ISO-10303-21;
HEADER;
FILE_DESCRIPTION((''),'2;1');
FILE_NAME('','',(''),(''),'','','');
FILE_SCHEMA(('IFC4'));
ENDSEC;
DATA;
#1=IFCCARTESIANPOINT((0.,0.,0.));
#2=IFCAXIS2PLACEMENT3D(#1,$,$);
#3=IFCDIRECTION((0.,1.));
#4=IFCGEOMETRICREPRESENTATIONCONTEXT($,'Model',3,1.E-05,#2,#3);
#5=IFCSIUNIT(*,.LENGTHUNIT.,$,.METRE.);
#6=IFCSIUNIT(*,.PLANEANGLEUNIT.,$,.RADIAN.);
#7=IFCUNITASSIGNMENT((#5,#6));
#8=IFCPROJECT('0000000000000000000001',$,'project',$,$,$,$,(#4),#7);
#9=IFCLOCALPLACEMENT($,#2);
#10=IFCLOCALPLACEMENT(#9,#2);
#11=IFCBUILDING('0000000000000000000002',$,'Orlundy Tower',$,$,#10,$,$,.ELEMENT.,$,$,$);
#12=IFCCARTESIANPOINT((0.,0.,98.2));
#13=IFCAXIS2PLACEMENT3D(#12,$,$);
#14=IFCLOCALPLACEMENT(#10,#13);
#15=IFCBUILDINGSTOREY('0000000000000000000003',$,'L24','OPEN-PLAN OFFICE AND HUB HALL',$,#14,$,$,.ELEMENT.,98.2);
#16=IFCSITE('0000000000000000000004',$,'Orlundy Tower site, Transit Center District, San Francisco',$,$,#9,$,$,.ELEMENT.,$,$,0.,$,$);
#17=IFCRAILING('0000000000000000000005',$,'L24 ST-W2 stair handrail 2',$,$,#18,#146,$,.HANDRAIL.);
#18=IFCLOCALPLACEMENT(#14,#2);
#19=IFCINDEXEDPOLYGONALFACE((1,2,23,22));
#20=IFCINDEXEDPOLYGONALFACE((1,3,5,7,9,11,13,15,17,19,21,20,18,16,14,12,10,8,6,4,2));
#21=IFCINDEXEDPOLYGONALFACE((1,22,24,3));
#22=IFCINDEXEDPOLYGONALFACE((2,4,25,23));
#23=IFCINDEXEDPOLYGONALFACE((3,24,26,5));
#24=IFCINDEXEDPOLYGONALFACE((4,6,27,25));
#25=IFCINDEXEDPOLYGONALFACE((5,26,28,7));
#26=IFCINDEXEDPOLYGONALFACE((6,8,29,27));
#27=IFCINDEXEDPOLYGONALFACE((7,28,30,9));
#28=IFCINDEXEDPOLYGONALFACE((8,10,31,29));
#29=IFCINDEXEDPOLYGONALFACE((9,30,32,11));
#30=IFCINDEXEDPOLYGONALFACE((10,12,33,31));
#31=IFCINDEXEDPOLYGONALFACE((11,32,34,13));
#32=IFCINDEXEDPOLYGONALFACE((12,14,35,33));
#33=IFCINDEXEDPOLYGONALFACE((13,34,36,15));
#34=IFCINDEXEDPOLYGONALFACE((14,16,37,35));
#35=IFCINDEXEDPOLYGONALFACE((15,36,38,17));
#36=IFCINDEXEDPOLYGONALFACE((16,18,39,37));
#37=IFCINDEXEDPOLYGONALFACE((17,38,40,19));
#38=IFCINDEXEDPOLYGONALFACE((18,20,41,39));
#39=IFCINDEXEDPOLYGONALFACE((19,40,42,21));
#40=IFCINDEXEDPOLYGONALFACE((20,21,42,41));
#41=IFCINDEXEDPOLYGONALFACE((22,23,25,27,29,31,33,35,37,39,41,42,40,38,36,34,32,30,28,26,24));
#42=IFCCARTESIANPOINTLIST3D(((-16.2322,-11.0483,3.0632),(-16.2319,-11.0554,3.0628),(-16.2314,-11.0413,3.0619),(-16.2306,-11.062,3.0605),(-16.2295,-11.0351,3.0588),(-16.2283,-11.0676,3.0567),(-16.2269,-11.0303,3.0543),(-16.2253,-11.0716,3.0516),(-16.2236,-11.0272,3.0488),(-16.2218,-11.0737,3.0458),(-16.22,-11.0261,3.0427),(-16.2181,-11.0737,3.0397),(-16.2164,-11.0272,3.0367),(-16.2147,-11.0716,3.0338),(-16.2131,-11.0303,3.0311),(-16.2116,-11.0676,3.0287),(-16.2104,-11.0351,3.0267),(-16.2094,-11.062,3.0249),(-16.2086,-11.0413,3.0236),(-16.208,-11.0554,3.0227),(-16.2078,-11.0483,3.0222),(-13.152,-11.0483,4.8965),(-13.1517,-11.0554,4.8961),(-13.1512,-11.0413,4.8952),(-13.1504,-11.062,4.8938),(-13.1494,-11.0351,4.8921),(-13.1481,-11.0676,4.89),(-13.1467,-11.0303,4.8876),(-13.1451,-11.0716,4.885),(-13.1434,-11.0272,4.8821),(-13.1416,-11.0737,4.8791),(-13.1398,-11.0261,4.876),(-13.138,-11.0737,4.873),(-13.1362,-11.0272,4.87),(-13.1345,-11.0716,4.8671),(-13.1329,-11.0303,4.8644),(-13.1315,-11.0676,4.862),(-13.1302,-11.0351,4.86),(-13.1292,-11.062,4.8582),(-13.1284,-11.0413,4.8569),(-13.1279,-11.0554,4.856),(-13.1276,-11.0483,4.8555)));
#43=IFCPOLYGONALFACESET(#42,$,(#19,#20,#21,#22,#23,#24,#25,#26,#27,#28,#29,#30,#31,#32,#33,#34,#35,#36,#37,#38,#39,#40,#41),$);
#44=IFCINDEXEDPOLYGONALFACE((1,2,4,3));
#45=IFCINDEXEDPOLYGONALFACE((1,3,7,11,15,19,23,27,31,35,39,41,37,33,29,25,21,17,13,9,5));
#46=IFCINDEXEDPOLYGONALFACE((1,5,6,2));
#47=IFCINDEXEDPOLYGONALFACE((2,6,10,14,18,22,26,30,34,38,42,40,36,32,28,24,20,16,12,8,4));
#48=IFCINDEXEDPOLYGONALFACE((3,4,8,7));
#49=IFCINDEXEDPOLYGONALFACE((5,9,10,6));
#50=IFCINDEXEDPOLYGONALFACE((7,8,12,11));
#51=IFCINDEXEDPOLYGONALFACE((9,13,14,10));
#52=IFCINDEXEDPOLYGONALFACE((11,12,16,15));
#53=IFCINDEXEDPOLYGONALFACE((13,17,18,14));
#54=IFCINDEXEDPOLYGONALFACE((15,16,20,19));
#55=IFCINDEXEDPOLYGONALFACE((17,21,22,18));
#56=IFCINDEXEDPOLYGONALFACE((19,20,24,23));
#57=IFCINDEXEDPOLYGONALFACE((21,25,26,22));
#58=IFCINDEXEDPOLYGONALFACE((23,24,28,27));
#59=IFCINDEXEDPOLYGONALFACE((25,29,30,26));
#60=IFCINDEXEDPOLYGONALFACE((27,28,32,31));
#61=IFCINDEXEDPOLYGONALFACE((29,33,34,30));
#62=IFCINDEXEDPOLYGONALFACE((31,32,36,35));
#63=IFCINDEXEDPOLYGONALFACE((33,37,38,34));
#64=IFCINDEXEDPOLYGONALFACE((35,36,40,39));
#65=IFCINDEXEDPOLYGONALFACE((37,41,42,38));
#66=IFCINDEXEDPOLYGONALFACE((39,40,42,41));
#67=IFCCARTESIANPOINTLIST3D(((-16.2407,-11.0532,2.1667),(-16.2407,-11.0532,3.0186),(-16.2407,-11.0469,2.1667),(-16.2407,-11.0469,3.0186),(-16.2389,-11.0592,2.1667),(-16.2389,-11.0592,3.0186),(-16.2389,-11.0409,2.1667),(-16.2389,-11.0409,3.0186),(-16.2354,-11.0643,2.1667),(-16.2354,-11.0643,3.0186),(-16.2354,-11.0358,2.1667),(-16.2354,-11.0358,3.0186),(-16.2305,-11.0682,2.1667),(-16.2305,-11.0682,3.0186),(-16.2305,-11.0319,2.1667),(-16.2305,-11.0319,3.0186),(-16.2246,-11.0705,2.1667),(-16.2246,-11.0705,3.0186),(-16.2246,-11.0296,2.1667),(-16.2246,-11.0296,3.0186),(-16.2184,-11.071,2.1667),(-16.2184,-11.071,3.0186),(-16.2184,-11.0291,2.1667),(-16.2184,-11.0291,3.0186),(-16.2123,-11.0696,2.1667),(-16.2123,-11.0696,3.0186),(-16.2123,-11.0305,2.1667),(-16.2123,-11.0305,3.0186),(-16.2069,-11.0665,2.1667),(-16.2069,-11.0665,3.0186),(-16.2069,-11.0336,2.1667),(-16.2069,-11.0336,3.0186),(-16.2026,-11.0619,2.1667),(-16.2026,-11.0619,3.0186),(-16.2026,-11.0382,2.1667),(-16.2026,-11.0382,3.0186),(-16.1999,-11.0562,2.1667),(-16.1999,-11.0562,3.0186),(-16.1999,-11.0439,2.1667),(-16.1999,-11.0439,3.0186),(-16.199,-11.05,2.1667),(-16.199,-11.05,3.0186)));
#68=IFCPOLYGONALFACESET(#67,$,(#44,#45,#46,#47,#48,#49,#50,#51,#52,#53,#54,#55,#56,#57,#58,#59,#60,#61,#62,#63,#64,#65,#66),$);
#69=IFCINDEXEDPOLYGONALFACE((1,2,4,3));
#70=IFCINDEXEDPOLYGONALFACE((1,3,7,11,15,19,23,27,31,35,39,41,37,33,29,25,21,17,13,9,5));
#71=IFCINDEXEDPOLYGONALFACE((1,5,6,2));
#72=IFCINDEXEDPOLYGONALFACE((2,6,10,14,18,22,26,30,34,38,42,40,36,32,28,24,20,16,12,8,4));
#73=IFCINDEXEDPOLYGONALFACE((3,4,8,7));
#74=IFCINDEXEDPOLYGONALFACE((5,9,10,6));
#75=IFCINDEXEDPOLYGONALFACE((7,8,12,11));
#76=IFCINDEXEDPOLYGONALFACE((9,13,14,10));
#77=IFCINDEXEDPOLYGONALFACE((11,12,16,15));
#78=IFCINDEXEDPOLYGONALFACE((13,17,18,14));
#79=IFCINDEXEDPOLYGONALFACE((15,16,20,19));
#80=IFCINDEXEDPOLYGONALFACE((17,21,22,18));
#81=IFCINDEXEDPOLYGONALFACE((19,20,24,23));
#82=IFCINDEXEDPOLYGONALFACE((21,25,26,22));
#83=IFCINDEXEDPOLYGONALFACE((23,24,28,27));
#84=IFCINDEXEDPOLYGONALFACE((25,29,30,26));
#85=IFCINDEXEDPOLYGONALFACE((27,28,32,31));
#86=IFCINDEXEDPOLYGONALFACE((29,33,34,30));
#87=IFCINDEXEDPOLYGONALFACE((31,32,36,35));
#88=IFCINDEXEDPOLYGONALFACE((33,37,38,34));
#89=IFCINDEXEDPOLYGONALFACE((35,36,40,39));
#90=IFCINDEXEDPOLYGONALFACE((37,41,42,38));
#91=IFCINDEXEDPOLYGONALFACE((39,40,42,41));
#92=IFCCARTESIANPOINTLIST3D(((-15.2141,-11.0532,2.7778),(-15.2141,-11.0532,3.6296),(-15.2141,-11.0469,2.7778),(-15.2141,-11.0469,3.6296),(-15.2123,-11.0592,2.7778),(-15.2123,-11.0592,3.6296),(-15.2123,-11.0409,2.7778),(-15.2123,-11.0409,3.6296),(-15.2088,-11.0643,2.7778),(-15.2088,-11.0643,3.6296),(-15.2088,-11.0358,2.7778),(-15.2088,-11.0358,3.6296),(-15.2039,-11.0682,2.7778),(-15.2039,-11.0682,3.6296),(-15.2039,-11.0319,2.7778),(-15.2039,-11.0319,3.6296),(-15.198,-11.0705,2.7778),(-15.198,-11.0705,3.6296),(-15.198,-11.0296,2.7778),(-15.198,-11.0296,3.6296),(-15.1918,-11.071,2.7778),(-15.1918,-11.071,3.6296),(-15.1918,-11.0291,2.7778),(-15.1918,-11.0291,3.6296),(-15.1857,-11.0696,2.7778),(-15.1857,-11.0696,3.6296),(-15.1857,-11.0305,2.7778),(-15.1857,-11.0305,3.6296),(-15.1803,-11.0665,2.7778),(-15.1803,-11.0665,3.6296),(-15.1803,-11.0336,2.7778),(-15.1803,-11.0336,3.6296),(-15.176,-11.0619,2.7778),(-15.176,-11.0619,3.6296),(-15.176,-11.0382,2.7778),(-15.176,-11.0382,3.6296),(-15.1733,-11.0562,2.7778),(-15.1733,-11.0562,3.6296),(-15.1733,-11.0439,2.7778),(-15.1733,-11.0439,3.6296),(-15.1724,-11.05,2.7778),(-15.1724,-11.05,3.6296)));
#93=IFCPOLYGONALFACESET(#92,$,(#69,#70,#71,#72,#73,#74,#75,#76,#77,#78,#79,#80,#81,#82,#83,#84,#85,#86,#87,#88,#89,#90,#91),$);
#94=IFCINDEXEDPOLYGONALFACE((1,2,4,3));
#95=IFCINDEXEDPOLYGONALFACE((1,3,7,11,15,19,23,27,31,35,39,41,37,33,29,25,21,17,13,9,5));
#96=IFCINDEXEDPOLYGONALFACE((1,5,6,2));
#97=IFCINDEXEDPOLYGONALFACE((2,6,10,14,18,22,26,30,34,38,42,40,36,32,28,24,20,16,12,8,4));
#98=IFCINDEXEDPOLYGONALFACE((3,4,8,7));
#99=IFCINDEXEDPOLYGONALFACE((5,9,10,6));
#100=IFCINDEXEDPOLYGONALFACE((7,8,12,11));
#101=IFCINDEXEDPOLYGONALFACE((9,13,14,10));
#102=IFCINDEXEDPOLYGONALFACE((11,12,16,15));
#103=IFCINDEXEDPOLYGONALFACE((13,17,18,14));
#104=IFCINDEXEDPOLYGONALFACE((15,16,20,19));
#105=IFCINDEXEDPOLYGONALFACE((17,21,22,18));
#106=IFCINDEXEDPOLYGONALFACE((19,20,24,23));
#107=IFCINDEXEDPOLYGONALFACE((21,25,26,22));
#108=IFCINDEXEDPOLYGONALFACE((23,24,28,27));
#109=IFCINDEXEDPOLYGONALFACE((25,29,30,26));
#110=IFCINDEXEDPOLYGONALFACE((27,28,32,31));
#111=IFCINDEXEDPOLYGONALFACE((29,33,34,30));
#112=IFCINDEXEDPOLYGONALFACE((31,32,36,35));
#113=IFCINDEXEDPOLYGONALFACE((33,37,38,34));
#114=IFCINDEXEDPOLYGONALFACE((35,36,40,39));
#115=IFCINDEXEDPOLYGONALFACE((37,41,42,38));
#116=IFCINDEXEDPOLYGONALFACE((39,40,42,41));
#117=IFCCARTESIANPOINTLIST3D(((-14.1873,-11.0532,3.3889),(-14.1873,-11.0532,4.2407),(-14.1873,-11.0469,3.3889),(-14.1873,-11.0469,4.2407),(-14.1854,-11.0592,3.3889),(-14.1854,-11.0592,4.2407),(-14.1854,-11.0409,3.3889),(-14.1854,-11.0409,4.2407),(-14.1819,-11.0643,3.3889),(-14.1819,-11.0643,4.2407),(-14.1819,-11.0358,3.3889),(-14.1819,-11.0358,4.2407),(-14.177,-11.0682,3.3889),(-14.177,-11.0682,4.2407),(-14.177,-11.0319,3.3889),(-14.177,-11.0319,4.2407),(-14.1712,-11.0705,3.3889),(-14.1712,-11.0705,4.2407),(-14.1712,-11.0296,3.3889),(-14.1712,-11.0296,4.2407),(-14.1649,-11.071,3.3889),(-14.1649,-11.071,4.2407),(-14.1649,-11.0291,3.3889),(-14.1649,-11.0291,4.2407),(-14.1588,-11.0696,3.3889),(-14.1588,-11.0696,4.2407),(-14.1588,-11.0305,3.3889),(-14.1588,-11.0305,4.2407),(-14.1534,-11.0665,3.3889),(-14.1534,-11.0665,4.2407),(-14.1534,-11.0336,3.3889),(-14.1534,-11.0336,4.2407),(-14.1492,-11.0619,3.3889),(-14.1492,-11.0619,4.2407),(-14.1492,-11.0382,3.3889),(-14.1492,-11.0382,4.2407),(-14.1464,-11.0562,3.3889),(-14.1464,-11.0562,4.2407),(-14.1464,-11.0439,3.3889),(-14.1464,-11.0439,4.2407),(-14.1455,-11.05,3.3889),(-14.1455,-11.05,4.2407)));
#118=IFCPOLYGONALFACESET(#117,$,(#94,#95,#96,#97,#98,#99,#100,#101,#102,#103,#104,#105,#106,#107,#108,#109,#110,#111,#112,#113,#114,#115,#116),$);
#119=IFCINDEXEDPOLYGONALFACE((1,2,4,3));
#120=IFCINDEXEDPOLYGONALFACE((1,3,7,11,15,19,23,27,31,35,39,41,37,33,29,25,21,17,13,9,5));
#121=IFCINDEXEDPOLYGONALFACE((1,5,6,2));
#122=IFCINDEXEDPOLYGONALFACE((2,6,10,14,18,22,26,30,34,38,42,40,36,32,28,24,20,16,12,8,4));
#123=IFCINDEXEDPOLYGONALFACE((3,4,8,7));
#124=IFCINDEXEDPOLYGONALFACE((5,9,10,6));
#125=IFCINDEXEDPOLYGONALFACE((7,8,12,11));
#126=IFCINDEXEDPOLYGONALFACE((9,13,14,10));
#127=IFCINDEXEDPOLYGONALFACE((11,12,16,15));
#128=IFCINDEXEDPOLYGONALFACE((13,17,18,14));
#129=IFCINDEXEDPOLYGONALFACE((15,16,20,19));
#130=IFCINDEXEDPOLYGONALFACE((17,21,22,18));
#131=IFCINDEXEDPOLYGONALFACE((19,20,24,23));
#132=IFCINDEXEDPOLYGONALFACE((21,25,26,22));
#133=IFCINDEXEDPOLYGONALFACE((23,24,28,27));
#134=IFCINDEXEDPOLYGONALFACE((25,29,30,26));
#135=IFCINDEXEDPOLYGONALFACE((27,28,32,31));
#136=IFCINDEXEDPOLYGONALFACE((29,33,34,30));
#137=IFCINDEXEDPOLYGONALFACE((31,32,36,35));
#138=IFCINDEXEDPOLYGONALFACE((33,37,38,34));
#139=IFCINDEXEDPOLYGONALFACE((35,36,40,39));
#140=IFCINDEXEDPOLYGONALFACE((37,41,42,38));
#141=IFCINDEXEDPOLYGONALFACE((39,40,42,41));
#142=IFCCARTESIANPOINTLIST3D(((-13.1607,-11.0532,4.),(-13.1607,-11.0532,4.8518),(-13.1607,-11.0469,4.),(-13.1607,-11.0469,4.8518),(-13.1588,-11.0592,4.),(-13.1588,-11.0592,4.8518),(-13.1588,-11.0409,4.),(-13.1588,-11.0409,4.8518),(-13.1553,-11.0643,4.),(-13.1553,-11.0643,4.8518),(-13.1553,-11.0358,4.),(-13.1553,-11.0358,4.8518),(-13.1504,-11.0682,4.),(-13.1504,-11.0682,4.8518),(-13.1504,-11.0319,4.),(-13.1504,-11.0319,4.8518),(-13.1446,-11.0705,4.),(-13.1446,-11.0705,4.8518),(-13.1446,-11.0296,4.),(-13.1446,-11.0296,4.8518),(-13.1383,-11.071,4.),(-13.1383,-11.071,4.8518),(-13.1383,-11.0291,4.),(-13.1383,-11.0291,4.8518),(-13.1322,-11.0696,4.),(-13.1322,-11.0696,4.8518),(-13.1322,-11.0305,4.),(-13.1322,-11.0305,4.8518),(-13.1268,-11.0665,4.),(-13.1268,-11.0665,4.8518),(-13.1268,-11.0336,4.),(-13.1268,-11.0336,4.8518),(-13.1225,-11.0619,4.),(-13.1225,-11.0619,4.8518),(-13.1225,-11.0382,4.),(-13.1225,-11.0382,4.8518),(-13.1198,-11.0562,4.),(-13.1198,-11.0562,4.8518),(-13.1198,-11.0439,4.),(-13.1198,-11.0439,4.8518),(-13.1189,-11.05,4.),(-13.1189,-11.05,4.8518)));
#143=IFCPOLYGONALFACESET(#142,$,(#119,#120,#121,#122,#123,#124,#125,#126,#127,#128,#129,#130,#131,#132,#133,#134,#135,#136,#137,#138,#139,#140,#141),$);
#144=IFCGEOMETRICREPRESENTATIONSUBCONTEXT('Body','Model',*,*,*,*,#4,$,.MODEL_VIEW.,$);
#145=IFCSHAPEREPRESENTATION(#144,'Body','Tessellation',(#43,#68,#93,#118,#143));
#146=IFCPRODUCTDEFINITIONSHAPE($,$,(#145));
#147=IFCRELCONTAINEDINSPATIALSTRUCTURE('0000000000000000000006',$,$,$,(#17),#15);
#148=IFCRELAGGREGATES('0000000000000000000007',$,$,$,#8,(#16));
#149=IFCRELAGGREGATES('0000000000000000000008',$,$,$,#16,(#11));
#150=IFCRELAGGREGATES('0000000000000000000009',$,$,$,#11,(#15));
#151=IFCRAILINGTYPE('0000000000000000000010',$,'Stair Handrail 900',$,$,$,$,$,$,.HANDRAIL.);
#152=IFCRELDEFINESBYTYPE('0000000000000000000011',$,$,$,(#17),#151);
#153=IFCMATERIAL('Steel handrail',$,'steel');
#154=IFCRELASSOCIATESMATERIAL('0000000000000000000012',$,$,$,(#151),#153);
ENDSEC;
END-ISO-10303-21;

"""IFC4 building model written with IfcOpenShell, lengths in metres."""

from ifc_helpers import new_model, si_unit, direction, frame, origin, origin_2d, place, context, subcontext, project, spatial, circle, extrude, material, type_object, element, save


model = new_model("IFC4")

# Units and contexts
model_context = context("Model", 3, precision=1e-05, world=origin(), true_north=direction((0.0, 1.0)))
body_context = subcontext(model_context, "Body", "Model", "MODEL_VIEW")
ifc_project = project(units=[si_unit("LENGTHUNIT", "METRE"), si_unit("PLANEANGLEUNIT", "RADIAN")], contexts=[model_context])

# Site, building, storey
site_placement = place(None, origin())
site = spatial("IfcSite", under=ifc_project, at=site_placement, Name="Orlundy Tower site, Transit Center District, San Francisco", CompositionType="ELEMENT", RefElevation=0.0)
building_placement = place(site_placement, origin())
building = spatial("IfcBuilding", under=site, at=building_placement, Name="Orlundy Tower", CompositionType="ELEMENT")
storey_placement = place(building_placement, frame((0.0, 0.0, 98.2)))
storey = spatial("IfcBuildingStorey", under=building, at=storey_placement, Name="L24", Description="OPEN-PLAN OFFICE AND HUB HALL", CompositionType="ELEMENT", Elevation=98.2)

# Railing
ifc_material_1 = material(Name="Steel handrail", Category="steel")
railing_type = type_object("IfcRailingType", Name="Stair Handrail 900", PredefinedType="HANDRAIL", material=ifc_material_1)
railing_placement = place(storey_placement, frame((-16.22, -11.05, 2.1667)))
element("IfcRailing", 1, at=railing_placement, inside=storey, type_object=railing_type, Name="L24 ST-W2 stair handrail 2", PredefinedType="HANDRAIL", context=body_context, shape_type="SweptSolid", body=[
    extrude(circle(Radius=0.0239, at=origin_2d()), frame((0.0, 0.0, 0.876), z_axis=(0.859309, 0.0, 0.511458), x_axis=(0.0, 1.0, 0.0)), (0.0, 0.0, 1.0), 3.5845),
    extrude(circle(Radius=0.021, at=origin_2d()), origin(), (0.0, 0.0, 1.0), 0.8518),
    extrude(circle(Radius=0.021, at=origin_2d()), frame((1.0266, 0.0, 0.6111)), (0.0, 0.0, 1.0), 0.8518),
    extrude(circle(Radius=0.021, at=origin_2d()), frame((2.0535, 0.0, 1.2222)), (0.0, 0.0, 1.0), 0.8518),
    extrude(circle(Radius=0.021, at=origin_2d()), frame((3.0801, 0.0, 1.8333)), (0.0, 0.0, 1.0), 0.8518),
])

save(model, "model.ifc")
